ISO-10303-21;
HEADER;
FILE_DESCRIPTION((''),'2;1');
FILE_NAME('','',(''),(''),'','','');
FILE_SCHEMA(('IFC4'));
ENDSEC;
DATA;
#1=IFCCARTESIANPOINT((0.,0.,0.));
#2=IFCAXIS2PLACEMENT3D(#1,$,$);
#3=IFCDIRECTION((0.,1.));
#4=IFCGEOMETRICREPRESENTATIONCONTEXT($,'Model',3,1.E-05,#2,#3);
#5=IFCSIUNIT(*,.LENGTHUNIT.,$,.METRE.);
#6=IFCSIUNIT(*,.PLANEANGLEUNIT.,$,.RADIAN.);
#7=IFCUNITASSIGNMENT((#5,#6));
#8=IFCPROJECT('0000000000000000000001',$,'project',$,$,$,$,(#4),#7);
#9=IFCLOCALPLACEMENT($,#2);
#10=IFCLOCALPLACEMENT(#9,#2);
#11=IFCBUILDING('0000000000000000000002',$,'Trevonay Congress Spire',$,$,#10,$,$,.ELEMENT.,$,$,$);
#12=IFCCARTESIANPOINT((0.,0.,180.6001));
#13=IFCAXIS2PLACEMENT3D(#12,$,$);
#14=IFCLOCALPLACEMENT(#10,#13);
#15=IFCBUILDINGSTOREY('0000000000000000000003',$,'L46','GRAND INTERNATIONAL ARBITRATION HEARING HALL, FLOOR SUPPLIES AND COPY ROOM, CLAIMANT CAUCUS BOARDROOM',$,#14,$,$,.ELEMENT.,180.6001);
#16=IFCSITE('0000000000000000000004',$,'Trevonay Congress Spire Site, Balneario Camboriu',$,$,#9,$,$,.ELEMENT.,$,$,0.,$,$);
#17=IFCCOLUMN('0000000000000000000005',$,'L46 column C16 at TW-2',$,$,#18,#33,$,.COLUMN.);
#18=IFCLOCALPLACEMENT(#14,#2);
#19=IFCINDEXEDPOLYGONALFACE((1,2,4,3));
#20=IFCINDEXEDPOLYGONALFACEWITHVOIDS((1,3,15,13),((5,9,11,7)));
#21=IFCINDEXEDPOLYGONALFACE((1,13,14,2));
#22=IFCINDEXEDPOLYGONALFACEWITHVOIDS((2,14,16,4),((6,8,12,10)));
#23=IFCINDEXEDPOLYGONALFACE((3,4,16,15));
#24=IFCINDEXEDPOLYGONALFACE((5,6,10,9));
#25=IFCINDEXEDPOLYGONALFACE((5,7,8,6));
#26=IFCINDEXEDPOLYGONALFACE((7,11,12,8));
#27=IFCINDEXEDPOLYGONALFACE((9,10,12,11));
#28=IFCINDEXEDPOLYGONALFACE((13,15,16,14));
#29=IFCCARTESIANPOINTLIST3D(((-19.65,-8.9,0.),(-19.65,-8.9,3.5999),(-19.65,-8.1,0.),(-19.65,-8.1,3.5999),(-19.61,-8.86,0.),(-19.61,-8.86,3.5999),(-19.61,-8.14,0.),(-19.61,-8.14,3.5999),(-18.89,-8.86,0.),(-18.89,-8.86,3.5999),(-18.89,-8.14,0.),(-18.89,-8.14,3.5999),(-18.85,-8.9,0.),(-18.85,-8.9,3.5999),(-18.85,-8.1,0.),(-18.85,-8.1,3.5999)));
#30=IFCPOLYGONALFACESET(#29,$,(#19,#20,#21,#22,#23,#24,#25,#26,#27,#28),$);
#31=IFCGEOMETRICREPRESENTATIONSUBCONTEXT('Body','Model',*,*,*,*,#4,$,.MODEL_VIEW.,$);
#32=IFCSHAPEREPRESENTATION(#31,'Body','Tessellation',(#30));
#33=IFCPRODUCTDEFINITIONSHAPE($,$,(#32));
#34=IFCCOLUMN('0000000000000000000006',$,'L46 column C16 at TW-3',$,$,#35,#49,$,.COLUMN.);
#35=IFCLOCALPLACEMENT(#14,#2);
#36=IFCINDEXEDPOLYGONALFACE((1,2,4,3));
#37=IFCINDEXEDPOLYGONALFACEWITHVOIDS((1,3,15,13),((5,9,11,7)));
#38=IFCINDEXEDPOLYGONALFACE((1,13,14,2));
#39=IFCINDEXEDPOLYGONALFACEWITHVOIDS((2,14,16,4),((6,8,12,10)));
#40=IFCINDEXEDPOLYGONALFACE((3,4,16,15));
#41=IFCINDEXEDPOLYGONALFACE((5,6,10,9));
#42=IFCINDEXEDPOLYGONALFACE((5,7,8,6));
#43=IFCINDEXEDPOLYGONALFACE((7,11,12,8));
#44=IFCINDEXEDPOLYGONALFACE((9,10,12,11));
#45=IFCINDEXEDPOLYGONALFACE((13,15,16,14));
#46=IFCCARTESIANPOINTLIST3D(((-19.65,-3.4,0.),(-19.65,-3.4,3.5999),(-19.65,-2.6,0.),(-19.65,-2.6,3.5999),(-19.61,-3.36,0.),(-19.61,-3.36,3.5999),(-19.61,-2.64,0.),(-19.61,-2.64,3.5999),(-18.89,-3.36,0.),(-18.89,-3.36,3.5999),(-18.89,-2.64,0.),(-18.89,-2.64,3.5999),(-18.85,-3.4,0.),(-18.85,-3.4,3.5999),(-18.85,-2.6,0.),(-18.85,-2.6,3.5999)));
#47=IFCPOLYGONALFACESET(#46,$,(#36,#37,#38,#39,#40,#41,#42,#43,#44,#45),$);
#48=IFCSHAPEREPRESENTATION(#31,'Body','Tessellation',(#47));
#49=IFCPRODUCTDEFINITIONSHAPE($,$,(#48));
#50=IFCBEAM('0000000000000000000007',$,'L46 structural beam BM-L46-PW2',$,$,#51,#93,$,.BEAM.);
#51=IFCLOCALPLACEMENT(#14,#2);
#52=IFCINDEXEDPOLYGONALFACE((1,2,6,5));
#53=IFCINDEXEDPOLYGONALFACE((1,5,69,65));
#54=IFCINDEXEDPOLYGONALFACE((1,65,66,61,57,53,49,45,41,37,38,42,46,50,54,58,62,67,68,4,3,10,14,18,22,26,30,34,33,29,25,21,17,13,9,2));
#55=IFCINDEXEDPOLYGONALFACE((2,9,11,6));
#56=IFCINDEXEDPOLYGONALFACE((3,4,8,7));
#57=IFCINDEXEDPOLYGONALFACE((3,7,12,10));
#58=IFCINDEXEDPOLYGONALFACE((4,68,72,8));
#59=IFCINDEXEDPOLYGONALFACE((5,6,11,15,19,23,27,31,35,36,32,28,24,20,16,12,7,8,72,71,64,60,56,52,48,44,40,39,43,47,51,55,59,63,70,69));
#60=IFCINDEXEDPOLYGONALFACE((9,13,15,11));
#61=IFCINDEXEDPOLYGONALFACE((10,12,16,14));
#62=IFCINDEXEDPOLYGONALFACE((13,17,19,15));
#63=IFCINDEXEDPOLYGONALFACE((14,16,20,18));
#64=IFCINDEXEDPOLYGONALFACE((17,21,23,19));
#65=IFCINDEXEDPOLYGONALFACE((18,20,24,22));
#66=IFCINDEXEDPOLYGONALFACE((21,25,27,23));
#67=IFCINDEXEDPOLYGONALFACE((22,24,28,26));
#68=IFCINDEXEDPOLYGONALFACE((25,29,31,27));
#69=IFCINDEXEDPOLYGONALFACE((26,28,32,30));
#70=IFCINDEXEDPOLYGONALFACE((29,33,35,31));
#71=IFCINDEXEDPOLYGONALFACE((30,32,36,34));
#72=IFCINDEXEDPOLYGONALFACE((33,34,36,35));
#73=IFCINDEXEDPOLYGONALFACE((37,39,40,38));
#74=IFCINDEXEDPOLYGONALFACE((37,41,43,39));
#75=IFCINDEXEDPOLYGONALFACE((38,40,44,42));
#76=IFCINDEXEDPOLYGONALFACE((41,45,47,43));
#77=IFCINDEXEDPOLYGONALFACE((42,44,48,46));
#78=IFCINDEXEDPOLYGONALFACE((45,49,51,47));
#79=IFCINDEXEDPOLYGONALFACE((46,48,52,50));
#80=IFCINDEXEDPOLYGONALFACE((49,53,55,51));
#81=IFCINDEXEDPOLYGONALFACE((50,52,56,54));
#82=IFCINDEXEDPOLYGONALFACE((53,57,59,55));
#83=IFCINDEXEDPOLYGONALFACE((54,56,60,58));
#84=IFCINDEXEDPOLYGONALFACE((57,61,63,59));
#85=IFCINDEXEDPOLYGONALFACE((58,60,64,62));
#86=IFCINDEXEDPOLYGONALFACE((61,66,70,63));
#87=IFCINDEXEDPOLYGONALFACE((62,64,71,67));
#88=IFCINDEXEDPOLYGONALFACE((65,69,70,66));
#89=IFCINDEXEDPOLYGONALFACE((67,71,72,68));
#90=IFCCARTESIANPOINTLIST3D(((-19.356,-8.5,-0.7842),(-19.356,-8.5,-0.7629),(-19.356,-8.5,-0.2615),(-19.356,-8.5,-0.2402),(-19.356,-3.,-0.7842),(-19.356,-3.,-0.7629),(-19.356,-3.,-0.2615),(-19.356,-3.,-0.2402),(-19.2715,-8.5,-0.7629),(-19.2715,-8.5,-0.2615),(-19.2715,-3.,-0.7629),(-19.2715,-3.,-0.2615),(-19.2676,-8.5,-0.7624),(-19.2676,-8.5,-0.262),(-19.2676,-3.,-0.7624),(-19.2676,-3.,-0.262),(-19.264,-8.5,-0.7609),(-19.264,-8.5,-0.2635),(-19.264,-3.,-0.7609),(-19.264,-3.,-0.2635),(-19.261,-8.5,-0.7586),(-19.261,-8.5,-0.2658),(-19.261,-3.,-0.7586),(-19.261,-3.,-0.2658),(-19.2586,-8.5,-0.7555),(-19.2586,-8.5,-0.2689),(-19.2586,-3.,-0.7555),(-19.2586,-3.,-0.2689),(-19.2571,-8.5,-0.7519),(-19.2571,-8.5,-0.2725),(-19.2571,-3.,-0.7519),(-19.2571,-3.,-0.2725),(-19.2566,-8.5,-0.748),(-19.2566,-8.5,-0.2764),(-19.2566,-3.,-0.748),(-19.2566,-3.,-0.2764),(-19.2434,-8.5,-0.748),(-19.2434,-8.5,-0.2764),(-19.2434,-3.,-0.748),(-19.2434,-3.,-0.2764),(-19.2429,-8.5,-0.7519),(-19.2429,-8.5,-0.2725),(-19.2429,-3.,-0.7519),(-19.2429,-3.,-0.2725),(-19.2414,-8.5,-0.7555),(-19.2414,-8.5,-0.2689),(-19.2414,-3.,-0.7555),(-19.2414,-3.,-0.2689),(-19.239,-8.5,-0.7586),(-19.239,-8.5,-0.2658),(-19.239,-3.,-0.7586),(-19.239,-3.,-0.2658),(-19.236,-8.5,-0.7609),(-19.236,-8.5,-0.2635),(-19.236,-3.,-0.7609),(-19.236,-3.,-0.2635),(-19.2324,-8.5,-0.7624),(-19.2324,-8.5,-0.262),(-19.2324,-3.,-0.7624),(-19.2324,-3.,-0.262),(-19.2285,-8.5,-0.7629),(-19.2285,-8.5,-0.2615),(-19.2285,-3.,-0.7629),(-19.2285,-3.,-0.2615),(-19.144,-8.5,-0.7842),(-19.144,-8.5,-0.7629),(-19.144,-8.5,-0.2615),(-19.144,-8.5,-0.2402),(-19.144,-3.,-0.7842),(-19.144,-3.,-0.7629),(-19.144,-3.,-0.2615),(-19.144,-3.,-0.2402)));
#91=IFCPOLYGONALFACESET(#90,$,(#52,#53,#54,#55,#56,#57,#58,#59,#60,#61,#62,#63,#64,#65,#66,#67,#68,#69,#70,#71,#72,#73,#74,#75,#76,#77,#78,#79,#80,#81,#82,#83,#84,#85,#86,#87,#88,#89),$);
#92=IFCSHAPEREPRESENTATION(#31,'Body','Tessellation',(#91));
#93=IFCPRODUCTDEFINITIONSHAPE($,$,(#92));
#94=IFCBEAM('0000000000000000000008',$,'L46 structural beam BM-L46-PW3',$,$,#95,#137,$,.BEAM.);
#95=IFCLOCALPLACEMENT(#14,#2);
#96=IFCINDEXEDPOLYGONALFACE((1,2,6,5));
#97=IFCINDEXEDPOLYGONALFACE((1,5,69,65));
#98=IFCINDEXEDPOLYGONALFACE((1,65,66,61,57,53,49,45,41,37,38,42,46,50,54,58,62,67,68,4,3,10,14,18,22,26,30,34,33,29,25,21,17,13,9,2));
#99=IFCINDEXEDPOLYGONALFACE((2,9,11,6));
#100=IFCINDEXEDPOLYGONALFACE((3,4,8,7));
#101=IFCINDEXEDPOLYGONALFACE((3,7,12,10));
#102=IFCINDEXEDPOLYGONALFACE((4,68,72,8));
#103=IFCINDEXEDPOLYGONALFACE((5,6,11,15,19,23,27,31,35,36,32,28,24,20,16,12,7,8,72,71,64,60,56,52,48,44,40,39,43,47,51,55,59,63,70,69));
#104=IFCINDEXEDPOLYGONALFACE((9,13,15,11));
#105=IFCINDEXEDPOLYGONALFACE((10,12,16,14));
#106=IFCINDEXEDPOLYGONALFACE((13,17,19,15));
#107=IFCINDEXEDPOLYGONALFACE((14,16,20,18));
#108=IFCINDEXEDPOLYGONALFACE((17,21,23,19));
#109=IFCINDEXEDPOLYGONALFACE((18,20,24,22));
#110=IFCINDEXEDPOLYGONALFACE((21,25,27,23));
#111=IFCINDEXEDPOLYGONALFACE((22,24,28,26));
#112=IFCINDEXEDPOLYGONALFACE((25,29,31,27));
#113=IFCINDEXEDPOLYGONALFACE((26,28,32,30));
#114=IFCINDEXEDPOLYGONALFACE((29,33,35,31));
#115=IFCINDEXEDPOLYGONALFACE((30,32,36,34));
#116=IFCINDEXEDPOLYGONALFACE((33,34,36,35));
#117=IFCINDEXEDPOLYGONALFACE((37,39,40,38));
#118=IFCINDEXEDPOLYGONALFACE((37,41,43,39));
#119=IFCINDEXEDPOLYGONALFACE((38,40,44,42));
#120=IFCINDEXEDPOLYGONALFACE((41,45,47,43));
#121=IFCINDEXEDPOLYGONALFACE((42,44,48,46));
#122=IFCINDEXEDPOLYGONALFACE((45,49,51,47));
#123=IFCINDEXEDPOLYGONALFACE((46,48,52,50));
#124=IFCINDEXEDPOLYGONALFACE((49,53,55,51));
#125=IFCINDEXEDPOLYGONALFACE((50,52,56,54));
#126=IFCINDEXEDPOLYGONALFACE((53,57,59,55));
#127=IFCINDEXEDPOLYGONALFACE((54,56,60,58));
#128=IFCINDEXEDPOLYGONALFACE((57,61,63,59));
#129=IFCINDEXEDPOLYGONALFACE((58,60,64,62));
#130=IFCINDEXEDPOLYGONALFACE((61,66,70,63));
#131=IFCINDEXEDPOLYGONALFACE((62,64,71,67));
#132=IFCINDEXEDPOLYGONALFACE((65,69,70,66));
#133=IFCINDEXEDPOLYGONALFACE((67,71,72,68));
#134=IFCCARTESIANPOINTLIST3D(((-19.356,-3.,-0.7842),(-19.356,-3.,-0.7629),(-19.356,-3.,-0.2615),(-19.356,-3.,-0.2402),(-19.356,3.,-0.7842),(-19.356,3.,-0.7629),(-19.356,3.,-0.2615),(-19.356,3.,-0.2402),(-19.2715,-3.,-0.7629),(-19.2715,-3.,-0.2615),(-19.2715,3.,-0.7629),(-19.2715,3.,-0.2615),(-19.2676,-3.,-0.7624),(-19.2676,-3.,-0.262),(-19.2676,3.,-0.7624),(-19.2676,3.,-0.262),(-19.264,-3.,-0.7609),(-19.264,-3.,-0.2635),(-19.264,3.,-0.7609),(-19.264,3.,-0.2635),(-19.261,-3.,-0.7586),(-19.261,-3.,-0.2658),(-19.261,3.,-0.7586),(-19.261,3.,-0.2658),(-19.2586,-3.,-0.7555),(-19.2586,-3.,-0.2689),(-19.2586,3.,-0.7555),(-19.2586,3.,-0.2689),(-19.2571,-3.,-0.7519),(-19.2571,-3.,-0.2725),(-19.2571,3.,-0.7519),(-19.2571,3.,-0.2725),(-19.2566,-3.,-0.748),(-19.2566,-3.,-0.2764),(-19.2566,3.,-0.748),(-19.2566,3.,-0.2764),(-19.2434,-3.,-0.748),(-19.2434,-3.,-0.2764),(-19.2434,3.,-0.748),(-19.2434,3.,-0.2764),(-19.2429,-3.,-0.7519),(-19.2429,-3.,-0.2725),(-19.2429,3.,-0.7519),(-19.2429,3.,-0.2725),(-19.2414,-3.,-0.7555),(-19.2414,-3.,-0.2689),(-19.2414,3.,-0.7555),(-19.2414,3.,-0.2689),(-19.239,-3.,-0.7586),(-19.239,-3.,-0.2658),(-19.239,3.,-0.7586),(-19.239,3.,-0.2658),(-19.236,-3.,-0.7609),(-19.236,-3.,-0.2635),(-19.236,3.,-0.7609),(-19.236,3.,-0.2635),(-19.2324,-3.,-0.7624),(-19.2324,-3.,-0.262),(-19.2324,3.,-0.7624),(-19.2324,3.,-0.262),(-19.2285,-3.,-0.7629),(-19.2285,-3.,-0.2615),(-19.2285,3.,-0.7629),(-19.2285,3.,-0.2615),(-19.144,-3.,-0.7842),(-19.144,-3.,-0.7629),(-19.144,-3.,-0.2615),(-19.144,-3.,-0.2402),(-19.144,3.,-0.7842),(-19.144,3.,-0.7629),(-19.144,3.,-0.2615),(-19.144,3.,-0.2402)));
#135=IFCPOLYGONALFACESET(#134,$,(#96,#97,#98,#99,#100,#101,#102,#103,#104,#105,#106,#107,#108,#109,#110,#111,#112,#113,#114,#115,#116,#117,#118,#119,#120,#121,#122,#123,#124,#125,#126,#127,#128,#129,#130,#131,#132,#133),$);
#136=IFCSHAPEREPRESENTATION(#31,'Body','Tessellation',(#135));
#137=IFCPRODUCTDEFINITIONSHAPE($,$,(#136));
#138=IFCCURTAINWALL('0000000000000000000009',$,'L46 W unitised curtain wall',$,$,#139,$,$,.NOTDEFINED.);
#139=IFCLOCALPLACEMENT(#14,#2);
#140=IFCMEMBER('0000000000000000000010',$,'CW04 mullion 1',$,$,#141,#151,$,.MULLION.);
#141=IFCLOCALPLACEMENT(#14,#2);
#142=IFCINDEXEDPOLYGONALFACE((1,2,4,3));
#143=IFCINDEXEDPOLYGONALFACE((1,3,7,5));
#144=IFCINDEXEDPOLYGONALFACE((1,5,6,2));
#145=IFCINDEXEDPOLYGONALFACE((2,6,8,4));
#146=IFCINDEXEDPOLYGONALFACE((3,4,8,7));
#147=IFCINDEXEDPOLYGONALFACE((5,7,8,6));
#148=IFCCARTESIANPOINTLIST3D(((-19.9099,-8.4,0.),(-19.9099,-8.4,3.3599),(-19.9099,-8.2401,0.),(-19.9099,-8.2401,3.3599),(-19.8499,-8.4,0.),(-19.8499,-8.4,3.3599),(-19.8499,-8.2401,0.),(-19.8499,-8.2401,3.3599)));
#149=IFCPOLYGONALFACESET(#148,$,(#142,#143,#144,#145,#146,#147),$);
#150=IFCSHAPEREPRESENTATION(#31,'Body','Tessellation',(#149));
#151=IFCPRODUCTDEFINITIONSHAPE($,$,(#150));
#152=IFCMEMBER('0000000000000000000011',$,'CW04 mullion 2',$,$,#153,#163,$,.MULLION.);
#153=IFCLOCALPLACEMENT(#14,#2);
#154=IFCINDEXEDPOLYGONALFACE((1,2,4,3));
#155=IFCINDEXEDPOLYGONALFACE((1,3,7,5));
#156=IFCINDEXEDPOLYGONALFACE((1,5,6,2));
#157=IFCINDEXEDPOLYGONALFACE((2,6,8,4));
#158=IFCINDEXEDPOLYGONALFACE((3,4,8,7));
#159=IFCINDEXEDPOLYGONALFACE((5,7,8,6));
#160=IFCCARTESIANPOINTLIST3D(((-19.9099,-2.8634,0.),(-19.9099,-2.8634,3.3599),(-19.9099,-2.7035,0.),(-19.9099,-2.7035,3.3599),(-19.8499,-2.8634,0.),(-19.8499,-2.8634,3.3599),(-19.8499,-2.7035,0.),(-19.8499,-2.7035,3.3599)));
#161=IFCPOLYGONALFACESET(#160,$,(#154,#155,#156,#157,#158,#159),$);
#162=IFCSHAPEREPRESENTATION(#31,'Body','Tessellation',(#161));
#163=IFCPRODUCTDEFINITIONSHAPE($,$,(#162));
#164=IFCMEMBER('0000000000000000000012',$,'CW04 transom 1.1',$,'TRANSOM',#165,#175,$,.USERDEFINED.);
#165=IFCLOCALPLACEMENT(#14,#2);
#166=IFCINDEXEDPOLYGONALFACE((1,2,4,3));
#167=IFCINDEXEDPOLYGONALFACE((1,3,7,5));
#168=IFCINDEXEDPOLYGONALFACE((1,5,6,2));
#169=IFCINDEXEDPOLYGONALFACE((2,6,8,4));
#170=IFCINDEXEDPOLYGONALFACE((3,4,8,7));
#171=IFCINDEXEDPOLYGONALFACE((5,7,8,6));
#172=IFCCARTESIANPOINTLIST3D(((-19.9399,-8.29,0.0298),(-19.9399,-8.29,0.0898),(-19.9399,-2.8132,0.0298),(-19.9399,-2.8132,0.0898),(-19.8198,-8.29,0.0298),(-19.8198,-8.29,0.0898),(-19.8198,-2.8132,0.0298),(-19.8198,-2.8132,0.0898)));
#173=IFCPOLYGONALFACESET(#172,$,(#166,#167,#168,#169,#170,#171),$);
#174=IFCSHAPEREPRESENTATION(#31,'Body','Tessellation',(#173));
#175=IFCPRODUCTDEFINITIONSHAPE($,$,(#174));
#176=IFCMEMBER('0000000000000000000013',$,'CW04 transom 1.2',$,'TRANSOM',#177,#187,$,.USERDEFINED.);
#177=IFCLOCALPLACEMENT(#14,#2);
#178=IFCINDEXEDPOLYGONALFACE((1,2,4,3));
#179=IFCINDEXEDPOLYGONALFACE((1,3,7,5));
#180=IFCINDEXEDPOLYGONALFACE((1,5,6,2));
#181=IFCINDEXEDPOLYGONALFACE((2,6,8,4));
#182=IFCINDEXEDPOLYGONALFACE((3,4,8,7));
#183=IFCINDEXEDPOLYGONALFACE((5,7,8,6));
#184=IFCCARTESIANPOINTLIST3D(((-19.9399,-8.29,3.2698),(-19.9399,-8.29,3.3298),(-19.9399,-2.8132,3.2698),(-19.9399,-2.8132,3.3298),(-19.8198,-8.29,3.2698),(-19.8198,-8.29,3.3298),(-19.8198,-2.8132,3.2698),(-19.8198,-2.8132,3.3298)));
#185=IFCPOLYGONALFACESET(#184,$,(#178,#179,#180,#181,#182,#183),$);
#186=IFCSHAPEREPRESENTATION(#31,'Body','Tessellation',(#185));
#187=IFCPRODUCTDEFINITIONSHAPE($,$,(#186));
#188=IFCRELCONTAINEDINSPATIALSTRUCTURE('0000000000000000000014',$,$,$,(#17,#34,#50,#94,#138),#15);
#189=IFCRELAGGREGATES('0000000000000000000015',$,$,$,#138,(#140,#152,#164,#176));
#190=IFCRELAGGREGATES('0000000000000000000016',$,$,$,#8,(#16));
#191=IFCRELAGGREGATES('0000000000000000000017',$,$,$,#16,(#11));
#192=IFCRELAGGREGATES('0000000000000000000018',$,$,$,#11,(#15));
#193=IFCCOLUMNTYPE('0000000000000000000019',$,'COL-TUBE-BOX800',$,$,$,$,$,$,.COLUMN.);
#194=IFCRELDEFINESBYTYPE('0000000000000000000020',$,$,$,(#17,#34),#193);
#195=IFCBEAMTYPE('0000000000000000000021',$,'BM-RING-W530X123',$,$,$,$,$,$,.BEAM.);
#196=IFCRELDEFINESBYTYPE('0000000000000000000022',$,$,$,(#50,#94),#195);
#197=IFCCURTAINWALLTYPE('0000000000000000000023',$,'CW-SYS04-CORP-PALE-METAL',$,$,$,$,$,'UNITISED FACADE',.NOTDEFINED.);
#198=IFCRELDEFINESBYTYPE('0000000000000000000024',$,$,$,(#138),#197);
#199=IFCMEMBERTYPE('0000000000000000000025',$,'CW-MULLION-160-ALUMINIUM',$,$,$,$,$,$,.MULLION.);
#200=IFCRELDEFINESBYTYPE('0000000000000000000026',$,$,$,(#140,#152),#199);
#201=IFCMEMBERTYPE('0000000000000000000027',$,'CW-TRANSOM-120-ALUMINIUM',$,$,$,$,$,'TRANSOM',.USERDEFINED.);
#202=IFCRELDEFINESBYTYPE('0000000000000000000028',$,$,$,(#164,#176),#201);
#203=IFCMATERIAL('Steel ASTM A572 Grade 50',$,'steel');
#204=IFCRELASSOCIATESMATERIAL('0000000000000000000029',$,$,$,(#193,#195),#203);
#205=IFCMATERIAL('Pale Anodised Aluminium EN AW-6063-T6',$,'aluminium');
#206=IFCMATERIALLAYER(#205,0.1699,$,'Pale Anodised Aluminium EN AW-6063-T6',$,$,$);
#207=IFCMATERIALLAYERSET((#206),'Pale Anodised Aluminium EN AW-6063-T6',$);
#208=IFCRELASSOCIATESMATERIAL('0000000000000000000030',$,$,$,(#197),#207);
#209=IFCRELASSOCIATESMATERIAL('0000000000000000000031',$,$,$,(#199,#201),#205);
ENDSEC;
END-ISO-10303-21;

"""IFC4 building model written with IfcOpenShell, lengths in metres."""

from ifc_helpers import new_model, si_unit, direction, frame, origin, origin_2d, place, context, subcontext, project, spatial, rectangle, hollow_rectangle, i_section, extrude, material, layer, layer_set, material_profile, profile_set, type_object, element, aggregate, save


model = new_model("IFC4")

# Units and contexts
model_context = context("Model", 3, precision=1e-05, world=origin(), true_north=direction((0.0, 1.0)))
body_context = subcontext(model_context, "Body", "Model", "MODEL_VIEW")
ifc_project = project(units=[si_unit("LENGTHUNIT", "METRE"), si_unit("PLANEANGLEUNIT", "RADIAN")], contexts=[model_context])

# Site, building, storey
site_placement = place(None, origin())
site = spatial("IfcSite", under=ifc_project, at=site_placement, Name="Trevonay Congress Spire Site, Balneario Camboriu", CompositionType="ELEMENT", RefElevation=0.0)
building_placement = place(site_placement, origin())
building = spatial("IfcBuilding", under=site, at=building_placement, Name="Trevonay Congress Spire", CompositionType="ELEMENT")
storey_placement = place(building_placement, frame((0.0, 0.0, 180.6001)))
storey = spatial("IfcBuildingStorey", under=building, at=storey_placement, Name="L46", Description="GRAND INTERNATIONAL ARBITRATION HEARING HALL, FLOOR SUPPLIES AND COPY ROOM, CLAIMANT CAUCUS BOARDROOM", CompositionType="ELEMENT", Elevation=180.6001)

# Columns
ifc_material_1 = material(Name="Steel ASTM A572 Grade 50", Category="steel")
ifc_material_profile_1 = material_profile(ifc_material_1, hollow_rectangle(XDim=0.8, YDim=0.8, WallThickness=0.04, at=origin_2d()), Name="BOX 800x800x40")
ifc_profile_set_1 = profile_set([ifc_material_profile_1], Name="Steel ASTM A572 Grade 50")
column_type = type_object("IfcColumnType", Name="COL-TUBE-BOX800", PredefinedType="COLUMN", material=ifc_profile_set_1)
for number, where, z_axis, x_axis, name in (
    (1, (-19.25, -8.5, 0.0), (0.0, 0.0, 1.0), (1.0, 0.0, 0.0), "L46 column C16 at TW-2"),
    (2, (-19.25, -3.0, 0.0), (0.0, 0.0, 1.0), (1.0, 0.0, 0.0), "L46 column C16 at TW-3"),
):
    element("IfcColumn", number, at=place(storey_placement, frame(where, z_axis=z_axis, x_axis=x_axis)), inside=storey, type_object=column_type, Name=name, PredefinedType="COLUMN", context=body_context, shape_type="SweptSolid", body=[
        extrude(hollow_rectangle(XDim=0.8, YDim=0.8, WallThickness=0.04, at=origin_2d()), origin(), (0.0, 0.0, 1.0), 3.5999),
    ])

# Beams
ifc_material_profile_2 = material_profile(ifc_material_1, i_section(OverallWidth=0.2119, OverallDepth=0.5439, WebThickness=0.0132, FlangeThickness=0.0212, FilletRadius=0.0149, at=origin_2d()), Name="W530x123")
ifc_profile_set_2 = profile_set([ifc_material_profile_2], Name="Steel ASTM A572 Grade 50")
beam_type_1 = type_object("IfcBeamType", Name="BM-RING-W530X123", PredefinedType="BEAM", material=ifc_profile_set_2)
beam_1_placement = place(storey_placement, frame((-19.25, -8.5, -0.5122), z_axis=(0.0, 1.0, 0.0), x_axis=(-1.0, 0.0, 0.0)))
element("IfcBeam", 3, at=beam_1_placement, inside=storey, type_object=beam_type_1, Name="L46 structural beam BM-L46-PW2", PredefinedType="BEAM", context=body_context, shape_type="SweptSolid", body=[
    extrude(i_section(OverallWidth=0.2119, OverallDepth=0.5439, WebThickness=0.0132, FlangeThickness=0.0212, FilletRadius=0.0149, at=origin_2d()), origin(), (0.0, 0.0, 1.0), 5.5),
])
beam_2_placement = place(storey_placement, frame((-19.25, -3.0, -0.5122), z_axis=(0.0, 1.0, 0.0), x_axis=(-1.0, 0.0, 0.0)))
element("IfcBeam", 4, at=beam_2_placement, inside=storey, type_object=beam_type_1, Name="L46 structural beam BM-L46-PW3", PredefinedType="BEAM", context=body_context, shape_type="SweptSolid", body=[
    extrude(i_section(OverallWidth=0.2119, OverallDepth=0.5439, WebThickness=0.0132, FlangeThickness=0.0212, FilletRadius=0.0149, at=origin_2d()), origin(), (0.0, 0.0, 1.0), 6.0),
])

# Curtain wall, members
ifc_material_2 = material(Name="Pale Anodised Aluminium EN AW-6063-T6", Category="aluminium")
ifc_layer_1 = layer(ifc_material_2, 0.1699, Name="Pale Anodised Aluminium EN AW-6063-T6")
ifc_layer_set_1 = layer_set([ifc_layer_1], Name="Pale Anodised Aluminium EN AW-6063-T6")
curtain_wall_type = type_object("IfcCurtainWallType", Name="CW-SYS04-CORP-PALE-METAL", ElementType="UNITISED FACADE", PredefinedType="NOTDEFINED", material=ifc_layer_set_1)
curtain_wall_placement = place(storey_placement, origin())
curtain_wall = element("IfcCurtainWall", 5, at=curtain_wall_placement, inside=storey, type_object=curtain_wall_type, Name="L46 W unitised curtain wall", PredefinedType="NOTDEFINED")
ifc_material_profile_3 = material_profile(ifc_material_2, rectangle(XDim=0.0601, YDim=0.1599, at=origin_2d()), Name="CW-MULLION-160-ALUMINIUM")
ifc_profile_set_3 = profile_set([ifc_material_profile_3], Name="Pale Anodised Aluminium EN AW-6063-T6")
member_type_1 = type_object("IfcMemberType", Name="CW-MULLION-160-ALUMINIUM", PredefinedType="MULLION", material=ifc_profile_set_3)
member_1_placement = place(storey_placement, frame((-19.8799, -8.3201, 0.0), z_axis=(0.0, 0.0, 1.0), x_axis=(-1.0, 0.0, 0.0)))
member_1 = element("IfcMember", 6, at=member_1_placement, type_object=member_type_1, Name="CW04 mullion 1", PredefinedType="MULLION", context=body_context, shape_type="SweptSolid", body=[
    extrude(rectangle(XDim=0.0601, YDim=0.1599, at=origin_2d()), origin(), (0.0, 0.0, 1.0), 3.3599),
])
member_2_placement = place(storey_placement, frame((-19.8799, -2.7834, 0.0), z_axis=(0.0, 0.0, 1.0), x_axis=(-1.0, 0.0, 0.0)))
member_2 = element("IfcMember", 7, at=member_2_placement, type_object=member_type_1, Name="CW04 mullion 2", PredefinedType="MULLION", context=body_context, shape_type="SweptSolid", body=[
    extrude(rectangle(XDim=0.0601, YDim=0.1599, at=origin_2d()), origin(), (0.0, 0.0, 1.0), 3.3599),
])
ifc_material_profile_4 = material_profile(ifc_material_2, rectangle(XDim=0.1201, YDim=0.0601, at=origin_2d()), Name="CW-TRANSOM-120-ALUMINIUM")
ifc_profile_set_4 = profile_set([ifc_material_profile_4], Name="Pale Anodised Aluminium EN AW-6063-T6")
member_type_2 = type_object("IfcMemberType", Name="CW-TRANSOM-120-ALUMINIUM", ElementType="TRANSOM", PredefinedType="USERDEFINED", material=ifc_profile_set_4)
member_3_placement = place(storey_placement, frame((-19.8799, -8.29, 0.0598), z_axis=(0.0, 1.0, 0.0), x_axis=(-1.0, 0.0, 0.0)))
member_3 = element("IfcMember", 8, at=member_3_placement, type_object=member_type_2, Name="CW04 transom 1.1", ObjectType="TRANSOM", PredefinedType="USERDEFINED", context=body_context, shape_type="SweptSolid", body=[
    extrude(rectangle(XDim=0.1201, YDim=0.0601, at=origin_2d()), origin(), (0.0, 0.0, 1.0), 5.4768),
])
member_4_placement = place(storey_placement, frame((-19.8799, -8.29, 3.2998), z_axis=(0.0, 1.0, 0.0), x_axis=(-1.0, 0.0, 0.0)))
member_4 = element("IfcMember", 9, at=member_4_placement, type_object=member_type_2, Name="CW04 transom 1.2", ObjectType="TRANSOM", PredefinedType="USERDEFINED", context=body_context, shape_type="SweptSolid", body=[
    extrude(rectangle(XDim=0.1201, YDim=0.0601, at=origin_2d()), origin(), (0.0, 0.0, 1.0), 5.4768),
])

aggregate(curtain_wall, [member_1, member_2, member_3, member_4])

save(model, "model.ifc")
